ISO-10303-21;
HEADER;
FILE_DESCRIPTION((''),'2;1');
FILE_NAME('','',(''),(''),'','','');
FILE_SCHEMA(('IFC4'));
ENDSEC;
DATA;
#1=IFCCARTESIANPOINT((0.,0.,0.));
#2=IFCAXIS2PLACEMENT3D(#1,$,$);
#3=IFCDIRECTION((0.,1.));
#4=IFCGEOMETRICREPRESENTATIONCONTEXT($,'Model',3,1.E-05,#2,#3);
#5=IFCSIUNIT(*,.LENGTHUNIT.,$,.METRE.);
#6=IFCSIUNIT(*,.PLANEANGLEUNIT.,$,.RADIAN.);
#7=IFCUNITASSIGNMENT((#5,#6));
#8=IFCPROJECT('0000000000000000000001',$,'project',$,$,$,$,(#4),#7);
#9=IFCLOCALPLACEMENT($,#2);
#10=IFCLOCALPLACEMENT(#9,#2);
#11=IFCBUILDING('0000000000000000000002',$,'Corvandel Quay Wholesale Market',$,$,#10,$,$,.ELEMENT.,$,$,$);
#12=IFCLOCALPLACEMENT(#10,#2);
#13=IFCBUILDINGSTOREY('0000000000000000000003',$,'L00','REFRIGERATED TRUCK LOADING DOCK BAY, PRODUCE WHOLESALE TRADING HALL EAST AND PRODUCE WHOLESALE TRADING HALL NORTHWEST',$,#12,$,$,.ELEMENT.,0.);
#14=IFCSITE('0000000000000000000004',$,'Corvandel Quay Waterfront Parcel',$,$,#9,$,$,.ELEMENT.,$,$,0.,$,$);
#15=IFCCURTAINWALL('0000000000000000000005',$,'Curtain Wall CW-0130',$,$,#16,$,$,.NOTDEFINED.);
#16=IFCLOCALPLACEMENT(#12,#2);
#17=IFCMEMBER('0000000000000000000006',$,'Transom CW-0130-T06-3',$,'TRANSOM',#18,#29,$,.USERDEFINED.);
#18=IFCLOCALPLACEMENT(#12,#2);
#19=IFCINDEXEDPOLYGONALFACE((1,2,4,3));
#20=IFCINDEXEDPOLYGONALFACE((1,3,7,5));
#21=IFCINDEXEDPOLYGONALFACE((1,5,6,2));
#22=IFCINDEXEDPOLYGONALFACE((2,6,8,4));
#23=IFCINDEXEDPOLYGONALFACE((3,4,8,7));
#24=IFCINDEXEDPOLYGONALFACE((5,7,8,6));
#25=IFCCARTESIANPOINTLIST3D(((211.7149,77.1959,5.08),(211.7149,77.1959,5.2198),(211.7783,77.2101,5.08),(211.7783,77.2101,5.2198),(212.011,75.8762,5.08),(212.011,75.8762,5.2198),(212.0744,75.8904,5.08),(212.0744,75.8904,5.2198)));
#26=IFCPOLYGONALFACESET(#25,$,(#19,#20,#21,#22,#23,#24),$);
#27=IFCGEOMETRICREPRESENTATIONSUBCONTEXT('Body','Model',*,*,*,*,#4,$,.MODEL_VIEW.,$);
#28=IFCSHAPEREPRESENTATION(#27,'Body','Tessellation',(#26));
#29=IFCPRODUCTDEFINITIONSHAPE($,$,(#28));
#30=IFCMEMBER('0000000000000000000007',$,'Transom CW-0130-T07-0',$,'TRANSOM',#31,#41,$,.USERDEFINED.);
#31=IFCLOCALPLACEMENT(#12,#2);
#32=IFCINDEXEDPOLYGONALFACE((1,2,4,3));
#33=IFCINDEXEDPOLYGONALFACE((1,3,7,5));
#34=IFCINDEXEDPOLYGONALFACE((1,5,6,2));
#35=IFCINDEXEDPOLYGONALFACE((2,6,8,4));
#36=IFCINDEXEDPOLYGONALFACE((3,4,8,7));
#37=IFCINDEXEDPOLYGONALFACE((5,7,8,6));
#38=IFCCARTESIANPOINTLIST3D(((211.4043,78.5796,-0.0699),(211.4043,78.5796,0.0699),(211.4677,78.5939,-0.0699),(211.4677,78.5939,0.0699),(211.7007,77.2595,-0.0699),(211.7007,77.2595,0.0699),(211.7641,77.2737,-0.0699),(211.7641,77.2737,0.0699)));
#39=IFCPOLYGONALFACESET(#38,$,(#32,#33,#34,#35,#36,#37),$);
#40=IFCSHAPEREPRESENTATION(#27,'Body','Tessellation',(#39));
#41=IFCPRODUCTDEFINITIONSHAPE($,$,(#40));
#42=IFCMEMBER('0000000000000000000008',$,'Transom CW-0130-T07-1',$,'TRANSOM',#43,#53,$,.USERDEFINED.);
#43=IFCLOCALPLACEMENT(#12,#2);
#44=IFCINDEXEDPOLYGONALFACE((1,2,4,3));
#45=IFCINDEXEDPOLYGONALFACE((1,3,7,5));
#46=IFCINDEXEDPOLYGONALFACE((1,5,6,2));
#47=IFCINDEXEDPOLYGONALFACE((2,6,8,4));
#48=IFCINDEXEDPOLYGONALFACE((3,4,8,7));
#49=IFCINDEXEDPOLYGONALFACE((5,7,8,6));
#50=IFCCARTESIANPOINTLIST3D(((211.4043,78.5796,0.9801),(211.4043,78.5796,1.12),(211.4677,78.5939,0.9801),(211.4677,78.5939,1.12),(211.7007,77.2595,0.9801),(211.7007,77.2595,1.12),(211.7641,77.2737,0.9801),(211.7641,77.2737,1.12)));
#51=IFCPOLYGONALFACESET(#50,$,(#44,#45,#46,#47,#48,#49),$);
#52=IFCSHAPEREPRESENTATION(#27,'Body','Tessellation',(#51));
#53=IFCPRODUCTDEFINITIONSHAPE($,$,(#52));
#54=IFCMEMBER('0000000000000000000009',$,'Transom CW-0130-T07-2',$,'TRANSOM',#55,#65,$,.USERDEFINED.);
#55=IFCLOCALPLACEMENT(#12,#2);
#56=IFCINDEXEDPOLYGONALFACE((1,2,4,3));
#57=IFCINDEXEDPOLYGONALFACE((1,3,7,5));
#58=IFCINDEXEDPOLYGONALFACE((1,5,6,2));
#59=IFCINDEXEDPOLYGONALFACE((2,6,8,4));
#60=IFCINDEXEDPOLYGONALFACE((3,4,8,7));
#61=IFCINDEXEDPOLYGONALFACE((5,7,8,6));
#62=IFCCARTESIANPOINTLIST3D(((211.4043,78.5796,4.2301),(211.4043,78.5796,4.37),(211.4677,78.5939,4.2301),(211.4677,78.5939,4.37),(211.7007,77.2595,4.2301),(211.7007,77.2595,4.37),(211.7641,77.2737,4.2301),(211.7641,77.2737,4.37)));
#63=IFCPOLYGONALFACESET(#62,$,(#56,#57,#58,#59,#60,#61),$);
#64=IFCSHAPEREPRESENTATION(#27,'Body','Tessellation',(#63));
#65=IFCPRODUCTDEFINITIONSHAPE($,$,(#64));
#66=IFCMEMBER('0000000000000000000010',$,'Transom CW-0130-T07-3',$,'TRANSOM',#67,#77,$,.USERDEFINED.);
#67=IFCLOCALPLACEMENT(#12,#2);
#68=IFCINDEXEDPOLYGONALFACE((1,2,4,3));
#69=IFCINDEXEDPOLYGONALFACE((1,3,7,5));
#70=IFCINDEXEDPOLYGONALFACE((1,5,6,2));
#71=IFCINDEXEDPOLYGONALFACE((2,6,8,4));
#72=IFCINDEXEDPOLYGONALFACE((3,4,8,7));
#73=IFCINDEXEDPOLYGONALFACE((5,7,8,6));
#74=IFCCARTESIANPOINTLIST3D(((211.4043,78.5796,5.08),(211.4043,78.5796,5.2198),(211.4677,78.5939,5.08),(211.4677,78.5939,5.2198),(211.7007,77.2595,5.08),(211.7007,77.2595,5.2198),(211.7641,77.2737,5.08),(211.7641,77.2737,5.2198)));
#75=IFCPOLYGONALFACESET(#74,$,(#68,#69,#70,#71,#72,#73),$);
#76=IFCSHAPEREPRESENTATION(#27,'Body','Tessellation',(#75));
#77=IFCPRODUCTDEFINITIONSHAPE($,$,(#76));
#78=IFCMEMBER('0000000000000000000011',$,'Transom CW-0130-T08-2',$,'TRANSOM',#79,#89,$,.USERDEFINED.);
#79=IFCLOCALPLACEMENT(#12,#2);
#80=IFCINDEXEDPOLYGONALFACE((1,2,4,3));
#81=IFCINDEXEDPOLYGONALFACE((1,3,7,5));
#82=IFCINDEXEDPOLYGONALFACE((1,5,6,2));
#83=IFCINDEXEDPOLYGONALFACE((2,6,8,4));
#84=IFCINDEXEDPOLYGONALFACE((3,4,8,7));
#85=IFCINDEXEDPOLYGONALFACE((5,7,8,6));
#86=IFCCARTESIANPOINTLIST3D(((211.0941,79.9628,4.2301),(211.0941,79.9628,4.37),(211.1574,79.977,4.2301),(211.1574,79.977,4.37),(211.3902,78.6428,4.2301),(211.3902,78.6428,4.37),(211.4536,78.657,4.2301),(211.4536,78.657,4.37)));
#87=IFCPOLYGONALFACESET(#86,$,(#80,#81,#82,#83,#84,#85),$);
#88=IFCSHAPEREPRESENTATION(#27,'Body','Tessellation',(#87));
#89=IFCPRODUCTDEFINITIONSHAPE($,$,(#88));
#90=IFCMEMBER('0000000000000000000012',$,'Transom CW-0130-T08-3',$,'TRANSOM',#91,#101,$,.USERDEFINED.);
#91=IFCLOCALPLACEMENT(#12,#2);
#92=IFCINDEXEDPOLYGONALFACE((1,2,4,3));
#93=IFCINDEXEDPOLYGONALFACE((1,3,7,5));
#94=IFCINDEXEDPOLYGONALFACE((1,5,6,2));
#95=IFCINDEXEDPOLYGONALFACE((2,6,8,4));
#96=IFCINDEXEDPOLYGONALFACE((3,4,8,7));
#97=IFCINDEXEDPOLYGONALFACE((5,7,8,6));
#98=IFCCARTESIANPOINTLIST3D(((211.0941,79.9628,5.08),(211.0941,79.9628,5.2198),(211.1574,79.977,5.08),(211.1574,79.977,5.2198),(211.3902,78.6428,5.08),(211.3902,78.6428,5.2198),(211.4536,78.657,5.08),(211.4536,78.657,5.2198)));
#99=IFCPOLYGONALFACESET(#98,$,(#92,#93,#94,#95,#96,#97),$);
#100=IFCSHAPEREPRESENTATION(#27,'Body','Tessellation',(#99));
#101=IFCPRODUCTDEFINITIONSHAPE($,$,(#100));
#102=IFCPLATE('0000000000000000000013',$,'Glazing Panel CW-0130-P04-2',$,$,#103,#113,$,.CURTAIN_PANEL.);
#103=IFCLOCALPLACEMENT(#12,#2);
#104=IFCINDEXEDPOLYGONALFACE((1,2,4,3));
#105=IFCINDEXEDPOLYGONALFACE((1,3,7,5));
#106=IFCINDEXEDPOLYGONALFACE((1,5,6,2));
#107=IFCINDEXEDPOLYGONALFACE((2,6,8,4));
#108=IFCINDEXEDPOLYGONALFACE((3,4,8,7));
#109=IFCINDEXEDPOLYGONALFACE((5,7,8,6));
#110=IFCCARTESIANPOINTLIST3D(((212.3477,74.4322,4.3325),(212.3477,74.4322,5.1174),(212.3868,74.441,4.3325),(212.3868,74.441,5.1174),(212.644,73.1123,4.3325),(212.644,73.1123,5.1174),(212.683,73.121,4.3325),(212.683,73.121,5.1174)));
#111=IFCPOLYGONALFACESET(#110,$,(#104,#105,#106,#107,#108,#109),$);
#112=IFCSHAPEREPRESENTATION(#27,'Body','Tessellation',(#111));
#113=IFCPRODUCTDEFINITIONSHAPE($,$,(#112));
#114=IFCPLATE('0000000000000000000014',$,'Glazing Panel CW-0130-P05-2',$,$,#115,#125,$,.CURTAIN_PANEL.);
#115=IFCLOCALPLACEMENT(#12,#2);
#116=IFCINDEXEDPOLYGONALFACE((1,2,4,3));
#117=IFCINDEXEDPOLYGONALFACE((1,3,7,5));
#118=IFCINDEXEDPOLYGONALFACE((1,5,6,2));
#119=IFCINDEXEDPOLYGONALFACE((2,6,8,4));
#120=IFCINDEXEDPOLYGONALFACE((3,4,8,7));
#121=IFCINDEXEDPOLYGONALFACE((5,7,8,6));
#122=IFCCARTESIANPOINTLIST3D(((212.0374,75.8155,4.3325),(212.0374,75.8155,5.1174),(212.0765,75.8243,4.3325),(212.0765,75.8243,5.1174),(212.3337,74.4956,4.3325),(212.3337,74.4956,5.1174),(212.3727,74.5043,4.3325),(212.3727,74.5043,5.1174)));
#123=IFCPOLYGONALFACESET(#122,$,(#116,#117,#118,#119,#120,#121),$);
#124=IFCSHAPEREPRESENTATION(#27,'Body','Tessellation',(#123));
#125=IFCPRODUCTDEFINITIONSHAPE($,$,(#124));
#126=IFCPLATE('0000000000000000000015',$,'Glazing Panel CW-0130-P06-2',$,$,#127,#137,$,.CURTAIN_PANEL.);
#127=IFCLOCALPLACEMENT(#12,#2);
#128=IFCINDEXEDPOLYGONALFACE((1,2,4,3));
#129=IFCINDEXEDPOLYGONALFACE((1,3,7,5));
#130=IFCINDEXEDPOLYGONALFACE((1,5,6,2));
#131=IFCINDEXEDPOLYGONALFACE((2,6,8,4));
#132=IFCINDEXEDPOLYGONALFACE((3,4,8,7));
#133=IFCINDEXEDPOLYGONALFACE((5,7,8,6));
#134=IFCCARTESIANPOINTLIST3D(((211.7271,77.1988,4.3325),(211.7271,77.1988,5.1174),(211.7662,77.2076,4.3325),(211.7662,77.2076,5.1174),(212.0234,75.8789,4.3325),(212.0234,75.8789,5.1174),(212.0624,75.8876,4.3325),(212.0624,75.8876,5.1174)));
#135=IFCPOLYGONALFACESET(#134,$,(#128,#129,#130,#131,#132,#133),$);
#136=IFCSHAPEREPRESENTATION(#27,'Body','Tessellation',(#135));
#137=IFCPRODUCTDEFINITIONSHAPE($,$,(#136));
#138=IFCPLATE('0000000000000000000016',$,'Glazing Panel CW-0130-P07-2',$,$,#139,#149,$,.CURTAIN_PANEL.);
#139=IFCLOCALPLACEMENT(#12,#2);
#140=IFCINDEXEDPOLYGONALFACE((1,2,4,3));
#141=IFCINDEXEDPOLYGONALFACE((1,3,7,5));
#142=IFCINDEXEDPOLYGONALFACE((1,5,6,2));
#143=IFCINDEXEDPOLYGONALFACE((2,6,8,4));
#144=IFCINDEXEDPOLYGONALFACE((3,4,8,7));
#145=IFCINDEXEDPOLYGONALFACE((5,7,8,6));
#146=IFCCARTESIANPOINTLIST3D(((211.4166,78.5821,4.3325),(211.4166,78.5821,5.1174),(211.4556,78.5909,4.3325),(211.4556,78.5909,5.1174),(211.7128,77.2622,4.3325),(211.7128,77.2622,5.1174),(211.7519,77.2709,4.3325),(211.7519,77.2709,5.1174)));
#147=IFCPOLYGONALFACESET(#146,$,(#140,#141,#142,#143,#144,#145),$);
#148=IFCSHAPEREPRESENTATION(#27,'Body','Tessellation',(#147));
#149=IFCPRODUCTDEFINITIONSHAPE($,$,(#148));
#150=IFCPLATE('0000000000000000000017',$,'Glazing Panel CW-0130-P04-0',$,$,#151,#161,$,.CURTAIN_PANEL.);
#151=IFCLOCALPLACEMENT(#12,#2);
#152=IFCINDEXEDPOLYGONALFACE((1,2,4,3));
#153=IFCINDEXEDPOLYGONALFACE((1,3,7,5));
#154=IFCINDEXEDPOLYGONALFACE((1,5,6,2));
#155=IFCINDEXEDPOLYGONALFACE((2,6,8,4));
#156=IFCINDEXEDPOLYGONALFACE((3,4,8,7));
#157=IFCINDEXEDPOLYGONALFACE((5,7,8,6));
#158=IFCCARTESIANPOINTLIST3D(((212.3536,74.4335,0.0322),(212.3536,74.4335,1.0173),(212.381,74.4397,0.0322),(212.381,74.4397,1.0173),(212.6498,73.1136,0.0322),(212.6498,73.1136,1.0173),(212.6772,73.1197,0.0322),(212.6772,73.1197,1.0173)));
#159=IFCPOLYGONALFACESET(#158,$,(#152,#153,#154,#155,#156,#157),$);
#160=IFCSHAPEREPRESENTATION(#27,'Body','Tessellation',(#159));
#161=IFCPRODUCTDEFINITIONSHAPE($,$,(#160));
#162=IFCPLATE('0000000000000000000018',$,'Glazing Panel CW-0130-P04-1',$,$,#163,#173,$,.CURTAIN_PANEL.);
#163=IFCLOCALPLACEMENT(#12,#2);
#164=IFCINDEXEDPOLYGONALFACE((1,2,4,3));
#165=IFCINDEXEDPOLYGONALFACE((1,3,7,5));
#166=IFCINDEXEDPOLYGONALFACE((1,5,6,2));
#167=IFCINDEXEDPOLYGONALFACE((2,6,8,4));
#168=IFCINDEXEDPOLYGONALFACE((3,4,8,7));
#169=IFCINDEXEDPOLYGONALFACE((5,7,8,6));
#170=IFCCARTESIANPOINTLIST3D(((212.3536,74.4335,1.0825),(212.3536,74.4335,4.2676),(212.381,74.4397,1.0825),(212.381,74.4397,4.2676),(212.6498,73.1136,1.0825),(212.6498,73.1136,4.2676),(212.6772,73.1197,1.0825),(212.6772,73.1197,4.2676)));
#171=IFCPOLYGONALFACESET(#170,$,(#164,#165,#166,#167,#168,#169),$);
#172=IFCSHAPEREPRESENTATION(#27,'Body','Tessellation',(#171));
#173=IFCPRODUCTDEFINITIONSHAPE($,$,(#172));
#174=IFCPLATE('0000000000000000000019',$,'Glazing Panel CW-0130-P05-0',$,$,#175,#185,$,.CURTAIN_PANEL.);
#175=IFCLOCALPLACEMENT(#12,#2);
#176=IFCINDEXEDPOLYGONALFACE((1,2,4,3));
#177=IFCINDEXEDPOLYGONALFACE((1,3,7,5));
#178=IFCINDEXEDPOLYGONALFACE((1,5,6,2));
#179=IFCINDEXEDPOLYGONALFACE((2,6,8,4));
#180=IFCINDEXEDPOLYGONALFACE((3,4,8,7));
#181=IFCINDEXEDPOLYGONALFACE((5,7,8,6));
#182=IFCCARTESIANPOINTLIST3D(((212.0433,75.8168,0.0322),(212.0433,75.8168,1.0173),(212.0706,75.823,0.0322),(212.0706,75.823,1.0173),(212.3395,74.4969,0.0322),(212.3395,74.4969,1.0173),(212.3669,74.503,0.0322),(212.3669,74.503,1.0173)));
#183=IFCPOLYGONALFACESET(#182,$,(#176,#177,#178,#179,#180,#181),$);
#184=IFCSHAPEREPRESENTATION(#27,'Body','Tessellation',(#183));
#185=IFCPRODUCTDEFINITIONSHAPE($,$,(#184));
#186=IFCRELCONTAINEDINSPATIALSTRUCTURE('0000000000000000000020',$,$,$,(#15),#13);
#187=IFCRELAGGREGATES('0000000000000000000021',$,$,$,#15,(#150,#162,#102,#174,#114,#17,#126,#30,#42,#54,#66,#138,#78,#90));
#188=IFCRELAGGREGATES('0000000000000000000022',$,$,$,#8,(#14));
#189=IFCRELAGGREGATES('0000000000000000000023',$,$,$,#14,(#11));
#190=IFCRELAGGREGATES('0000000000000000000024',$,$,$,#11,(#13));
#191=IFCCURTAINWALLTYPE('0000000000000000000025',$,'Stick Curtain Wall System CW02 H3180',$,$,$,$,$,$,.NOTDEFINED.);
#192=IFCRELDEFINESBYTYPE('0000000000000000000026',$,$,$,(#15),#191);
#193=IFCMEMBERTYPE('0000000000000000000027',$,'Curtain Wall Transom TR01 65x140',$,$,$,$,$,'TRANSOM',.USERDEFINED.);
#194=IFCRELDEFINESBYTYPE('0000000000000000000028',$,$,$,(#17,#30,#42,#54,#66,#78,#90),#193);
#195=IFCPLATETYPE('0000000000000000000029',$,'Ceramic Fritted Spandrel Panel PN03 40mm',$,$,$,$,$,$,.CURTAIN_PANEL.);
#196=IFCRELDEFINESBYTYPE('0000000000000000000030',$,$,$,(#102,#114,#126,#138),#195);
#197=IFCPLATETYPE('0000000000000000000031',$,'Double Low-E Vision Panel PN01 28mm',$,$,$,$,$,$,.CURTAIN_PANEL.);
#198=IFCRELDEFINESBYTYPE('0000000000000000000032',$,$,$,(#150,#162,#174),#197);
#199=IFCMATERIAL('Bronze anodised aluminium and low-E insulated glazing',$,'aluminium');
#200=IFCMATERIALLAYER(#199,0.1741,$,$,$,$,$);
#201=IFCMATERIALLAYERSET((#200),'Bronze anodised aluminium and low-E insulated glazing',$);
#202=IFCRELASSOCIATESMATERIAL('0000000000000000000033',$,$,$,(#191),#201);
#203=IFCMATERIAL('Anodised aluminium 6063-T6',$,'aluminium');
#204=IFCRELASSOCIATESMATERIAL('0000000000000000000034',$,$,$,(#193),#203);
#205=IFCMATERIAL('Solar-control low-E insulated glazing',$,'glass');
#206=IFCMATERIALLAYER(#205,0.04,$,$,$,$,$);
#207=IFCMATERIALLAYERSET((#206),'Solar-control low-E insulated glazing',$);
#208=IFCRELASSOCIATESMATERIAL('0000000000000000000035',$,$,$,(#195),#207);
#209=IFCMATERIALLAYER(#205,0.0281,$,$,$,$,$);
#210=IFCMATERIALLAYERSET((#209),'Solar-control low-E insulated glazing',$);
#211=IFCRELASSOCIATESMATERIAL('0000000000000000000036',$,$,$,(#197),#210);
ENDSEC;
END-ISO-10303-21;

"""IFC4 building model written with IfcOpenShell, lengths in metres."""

from ifc_helpers import new_model, si_unit, direction, frame, origin, origin_2d, place, context, subcontext, project, spatial, rectangle, extrude, material, layer, layer_set, material_profile, profile_set, type_object, element, aggregate, save


model = new_model("IFC4")

# Units and contexts
model_context = context("Model", 3, precision=1e-05, world=origin(), true_north=direction((0.0, 1.0)))
body_context = subcontext(model_context, "Body", "Model", "MODEL_VIEW")
ifc_project = project(units=[si_unit("LENGTHUNIT", "METRE"), si_unit("PLANEANGLEUNIT", "RADIAN")], contexts=[model_context])

# Site, building, storey
site_placement = place(None, origin())
site = spatial("IfcSite", under=ifc_project, at=site_placement, Name="Corvandel Quay Waterfront Parcel", CompositionType="ELEMENT", RefElevation=0.0)
building_placement = place(site_placement, origin())
building = spatial("IfcBuilding", under=site, at=building_placement, Name="Corvandel Quay Wholesale Market", CompositionType="ELEMENT")
storey_placement = place(building_placement, origin())
storey = spatial("IfcBuildingStorey", under=building, at=storey_placement, Name="L00", Description="REFRIGERATED TRUCK LOADING DOCK BAY, PRODUCE WHOLESALE TRADING HALL EAST AND PRODUCE WHOLESALE TRADING HALL NORTHWEST", CompositionType="ELEMENT", Elevation=0.0)

# Curtain wall, members, plates
ifc_material_1 = material(Name="Bronze anodised aluminium and low-E insulated glazing", Category="aluminium")
ifc_layer_1 = layer(ifc_material_1, 0.1741)
ifc_layer_set_1 = layer_set([ifc_layer_1], Name="Bronze anodised aluminium and low-E insulated glazing")
curtain_wall_type = type_object("IfcCurtainWallType", Name="Stick Curtain Wall System CW02 H3180", PredefinedType="NOTDEFINED", material=ifc_layer_set_1)
curtain_wall_placement = place(storey_placement, origin())
curtain_wall = element("IfcCurtainWall", 1, at=curtain_wall_placement, inside=storey, type_object=curtain_wall_type, Name="Curtain Wall CW-0130", PredefinedType="NOTDEFINED")
ifc_material_2 = material(Name="Anodised aluminium 6063-T6", Category="aluminium")
ifc_material_profile_1 = material_profile(ifc_material_2, rectangle(XDim=0.0649, YDim=0.1399, at=origin_2d()), Name="ALU-TRN-65x140")
ifc_profile_set_1 = profile_set([ifc_material_profile_1], Name="Anodised aluminium 6063-T6")
member_type_1 = type_object("IfcMemberType", Name="Curtain Wall Transom TR01 65x140", ElementType="TRANSOM", PredefinedType="USERDEFINED", material=ifc_profile_set_1)
member_1_placement = place(storey_placement, frame((212.0427, 75.8833, 5.1499), z_axis=(-0.218937, 0.975739, 0.0), x_axis=(-0.975739, -0.218937, 0.0)))
member_1 = element("IfcMember", 2, at=member_1_placement, type_object=member_type_1, Name="Transom CW-0130-T06-3", ObjectType="TRANSOM", PredefinedType="USERDEFINED", context=body_context, shape_type="SweptSolid", body=[
    extrude(rectangle(XDim=0.0649, YDim=0.1399, at=origin_2d()), origin(), (0.0, 0.0, 1.0), 1.3525),
])
member_2_placement = place(storey_placement, frame((211.7324, 77.2666, 0.0), z_axis=(-0.21907, 0.975709, 0.0), x_axis=(-0.975709, -0.21907, 0.0)))
member_2 = element("IfcMember", 3, at=member_2_placement, type_object=member_type_1, Name="Transom CW-0130-T07-0", ObjectType="TRANSOM", PredefinedType="USERDEFINED", context=body_context, shape_type="SweptSolid", body=[
    extrude(rectangle(XDim=0.0649, YDim=0.1399, at=origin_2d()), origin(), (0.0, 0.0, 1.0), 1.353),
])
member_3_placement = place(storey_placement, frame((211.7324, 77.2666, 1.05), z_axis=(-0.21907, 0.975709, 0.0), x_axis=(-0.975709, -0.21907, 0.0)))
member_3 = element("IfcMember", 4, at=member_3_placement, type_object=member_type_1, Name="Transom CW-0130-T07-1", ObjectType="TRANSOM", PredefinedType="USERDEFINED", context=body_context, shape_type="SweptSolid", body=[
    extrude(rectangle(XDim=0.0649, YDim=0.1399, at=origin_2d()), origin(), (0.0, 0.0, 1.0), 1.353),
])
member_4_placement = place(storey_placement, frame((211.7324, 77.2666, 4.3), z_axis=(-0.21907, 0.975709, 0.0), x_axis=(-0.975709, -0.21907, 0.0)))
member_4 = element("IfcMember", 5, at=member_4_placement, type_object=member_type_1, Name="Transom CW-0130-T07-2", ObjectType="TRANSOM", PredefinedType="USERDEFINED", context=body_context, shape_type="SweptSolid", body=[
    extrude(rectangle(XDim=0.0649, YDim=0.1399, at=origin_2d()), origin(), (0.0, 0.0, 1.0), 1.353),
])
member_5_placement = place(storey_placement, frame((211.7324, 77.2666, 5.1499), z_axis=(-0.21907, 0.975709, 0.0), x_axis=(-0.975709, -0.21907, 0.0)))
member_5 = element("IfcMember", 6, at=member_5_placement, type_object=member_type_1, Name="Transom CW-0130-T07-3", ObjectType="TRANSOM", PredefinedType="USERDEFINED", context=body_context, shape_type="SweptSolid", body=[
    extrude(rectangle(XDim=0.0649, YDim=0.1399, at=origin_2d()), origin(), (0.0, 0.0, 1.0), 1.353),
])
member_6_placement = place(storey_placement, frame((211.4219, 78.6499, 4.3), z_axis=(-0.218898, 0.975748, 0.0), x_axis=(-0.975748, -0.218898, 0.0)))
member_6 = element("IfcMember", 7, at=member_6_placement, type_object=member_type_1, Name="Transom CW-0130-T08-2", ObjectType="TRANSOM", PredefinedType="USERDEFINED", context=body_context, shape_type="SweptSolid", body=[
    extrude(rectangle(XDim=0.0649, YDim=0.1399, at=origin_2d()), origin(), (0.0, 0.0, 1.0), 1.3528),
])
member_7_placement = place(storey_placement, frame((211.4219, 78.6499, 5.1499), z_axis=(-0.218898, 0.975748, 0.0), x_axis=(-0.975748, -0.218898, 0.0)))
member_7 = element("IfcMember", 8, at=member_7_placement, type_object=member_type_1, Name="Transom CW-0130-T08-3", ObjectType="TRANSOM", PredefinedType="USERDEFINED", context=body_context, shape_type="SweptSolid", body=[
    extrude(rectangle(XDim=0.0649, YDim=0.1399, at=origin_2d()), origin(), (0.0, 0.0, 1.0), 1.3528),
])
ifc_material_3 = material(Name="Solar-control low-E insulated glazing", Category="glass")
ifc_layer_2 = layer(ifc_material_3, 0.04)
ifc_layer_set_2 = layer_set([ifc_layer_2], Name="Solar-control low-E insulated glazing")
plate_type_1 = type_object("IfcPlateType", Name="Ceramic Fritted Spandrel Panel PN03 40mm", PredefinedType="CURTAIN_PANEL", material=ifc_layer_set_2)
plate_1_placement = place(storey_placement, frame((212.5154, 73.7766, 4.3325), z_axis=(0.0, 0.0, 1.0), x_axis=(-0.218995, 0.975726, 0.0)))
plate_1 = element("IfcPlate", 9, at=plate_1_placement, type_object=plate_type_1, Name="Glazing Panel CW-0130-P04-2", PredefinedType="CURTAIN_PANEL", context=body_context, shape_type="SweptSolid", body=[
    extrude(rectangle(XDim=1.3528, YDim=0.04, at=origin_2d()), origin(), (0.0, 0.0, 1.0), 0.7849),
])
plate_2_placement = place(storey_placement, frame((212.2051, 75.1599, 4.3325), z_axis=(0.0, 0.0, 1.0), x_axis=(-0.218995, 0.975726, 0.0)))
plate_2 = element("IfcPlate", 10, at=plate_2_placement, type_object=plate_type_1, Name="Glazing Panel CW-0130-P05-2", PredefinedType="CURTAIN_PANEL", context=body_context, shape_type="SweptSolid", body=[
    extrude(rectangle(XDim=1.3528, YDim=0.04, at=origin_2d()), origin(), (0.0, 0.0, 1.0), 0.7849),
])
plate_3_placement = place(storey_placement, frame((211.8948, 76.5432, 4.3325), z_axis=(0.0, 0.0, 1.0), x_axis=(-0.218995, 0.975726, 0.0)))
plate_3 = element("IfcPlate", 11, at=plate_3_placement, type_object=plate_type_1, Name="Glazing Panel CW-0130-P06-2", PredefinedType="CURTAIN_PANEL", context=body_context, shape_type="SweptSolid", body=[
    extrude(rectangle(XDim=1.3528, YDim=0.04, at=origin_2d()), origin(), (0.0, 0.0, 1.0), 0.7849),
])
plate_4_placement = place(storey_placement, frame((211.5842, 77.9265, 4.3325), z_axis=(0.0, 0.0, 1.0), x_axis=(-0.218995, 0.975726, 0.0)))
plate_4 = element("IfcPlate", 12, at=plate_4_placement, type_object=plate_type_1, Name="Glazing Panel CW-0130-P07-2", PredefinedType="CURTAIN_PANEL", context=body_context, shape_type="SweptSolid", body=[
    extrude(rectangle(XDim=1.3528, YDim=0.04, at=origin_2d()), origin(), (0.0, 0.0, 1.0), 0.7849),
])
ifc_layer_3 = layer(ifc_material_3, 0.0281)
ifc_layer_set_3 = layer_set([ifc_layer_3], Name="Solar-control low-E insulated glazing")
plate_type_2 = type_object("IfcPlateType", Name="Double Low-E Vision Panel PN01 28mm", PredefinedType="CURTAIN_PANEL", material=ifc_layer_set_3)
plate_5_placement = place(storey_placement, frame((212.5154, 73.7766, 0.0322), z_axis=(0.0, 0.0, 1.0), x_axis=(-0.218995, 0.975726, 0.0)))
plate_5 = element("IfcPlate", 13, at=plate_5_placement, type_object=plate_type_2, Name="Glazing Panel CW-0130-P04-0", PredefinedType="CURTAIN_PANEL", context=body_context, shape_type="SweptSolid", body=[
    extrude(rectangle(XDim=1.3528, YDim=0.0281, at=origin_2d()), origin(), (0.0, 0.0, 1.0), 0.9851),
])
plate_6_placement = place(storey_placement, frame((212.5154, 73.7766, 1.0825), z_axis=(0.0, 0.0, 1.0), x_axis=(-0.218995, 0.975726, 0.0)))
plate_6 = element("IfcPlate", 14, at=plate_6_placement, type_object=plate_type_2, Name="Glazing Panel CW-0130-P04-1", PredefinedType="CURTAIN_PANEL", context=body_context, shape_type="SweptSolid", body=[
    extrude(rectangle(XDim=1.3528, YDim=0.0281, at=origin_2d()), origin(), (0.0, 0.0, 1.0), 3.1851),
])
plate_7_placement = place(storey_placement, frame((212.2051, 75.1599, 0.0322), z_axis=(0.0, 0.0, 1.0), x_axis=(-0.218995, 0.975726, 0.0)))
plate_7 = element("IfcPlate", 15, at=plate_7_placement, type_object=plate_type_2, Name="Glazing Panel CW-0130-P05-0", PredefinedType="CURTAIN_PANEL", context=body_context, shape_type="SweptSolid", body=[
    extrude(rectangle(XDim=1.3528, YDim=0.0281, at=origin_2d()), origin(), (0.0, 0.0, 1.0), 0.9851),
])
aggregate(curtain_wall, [plate_5, plate_6, plate_1, plate_7, plate_2, member_1, plate_3, member_2, member_3, member_4, member_5, plate_4, member_6, member_7])

save(model, "model.ifc")
